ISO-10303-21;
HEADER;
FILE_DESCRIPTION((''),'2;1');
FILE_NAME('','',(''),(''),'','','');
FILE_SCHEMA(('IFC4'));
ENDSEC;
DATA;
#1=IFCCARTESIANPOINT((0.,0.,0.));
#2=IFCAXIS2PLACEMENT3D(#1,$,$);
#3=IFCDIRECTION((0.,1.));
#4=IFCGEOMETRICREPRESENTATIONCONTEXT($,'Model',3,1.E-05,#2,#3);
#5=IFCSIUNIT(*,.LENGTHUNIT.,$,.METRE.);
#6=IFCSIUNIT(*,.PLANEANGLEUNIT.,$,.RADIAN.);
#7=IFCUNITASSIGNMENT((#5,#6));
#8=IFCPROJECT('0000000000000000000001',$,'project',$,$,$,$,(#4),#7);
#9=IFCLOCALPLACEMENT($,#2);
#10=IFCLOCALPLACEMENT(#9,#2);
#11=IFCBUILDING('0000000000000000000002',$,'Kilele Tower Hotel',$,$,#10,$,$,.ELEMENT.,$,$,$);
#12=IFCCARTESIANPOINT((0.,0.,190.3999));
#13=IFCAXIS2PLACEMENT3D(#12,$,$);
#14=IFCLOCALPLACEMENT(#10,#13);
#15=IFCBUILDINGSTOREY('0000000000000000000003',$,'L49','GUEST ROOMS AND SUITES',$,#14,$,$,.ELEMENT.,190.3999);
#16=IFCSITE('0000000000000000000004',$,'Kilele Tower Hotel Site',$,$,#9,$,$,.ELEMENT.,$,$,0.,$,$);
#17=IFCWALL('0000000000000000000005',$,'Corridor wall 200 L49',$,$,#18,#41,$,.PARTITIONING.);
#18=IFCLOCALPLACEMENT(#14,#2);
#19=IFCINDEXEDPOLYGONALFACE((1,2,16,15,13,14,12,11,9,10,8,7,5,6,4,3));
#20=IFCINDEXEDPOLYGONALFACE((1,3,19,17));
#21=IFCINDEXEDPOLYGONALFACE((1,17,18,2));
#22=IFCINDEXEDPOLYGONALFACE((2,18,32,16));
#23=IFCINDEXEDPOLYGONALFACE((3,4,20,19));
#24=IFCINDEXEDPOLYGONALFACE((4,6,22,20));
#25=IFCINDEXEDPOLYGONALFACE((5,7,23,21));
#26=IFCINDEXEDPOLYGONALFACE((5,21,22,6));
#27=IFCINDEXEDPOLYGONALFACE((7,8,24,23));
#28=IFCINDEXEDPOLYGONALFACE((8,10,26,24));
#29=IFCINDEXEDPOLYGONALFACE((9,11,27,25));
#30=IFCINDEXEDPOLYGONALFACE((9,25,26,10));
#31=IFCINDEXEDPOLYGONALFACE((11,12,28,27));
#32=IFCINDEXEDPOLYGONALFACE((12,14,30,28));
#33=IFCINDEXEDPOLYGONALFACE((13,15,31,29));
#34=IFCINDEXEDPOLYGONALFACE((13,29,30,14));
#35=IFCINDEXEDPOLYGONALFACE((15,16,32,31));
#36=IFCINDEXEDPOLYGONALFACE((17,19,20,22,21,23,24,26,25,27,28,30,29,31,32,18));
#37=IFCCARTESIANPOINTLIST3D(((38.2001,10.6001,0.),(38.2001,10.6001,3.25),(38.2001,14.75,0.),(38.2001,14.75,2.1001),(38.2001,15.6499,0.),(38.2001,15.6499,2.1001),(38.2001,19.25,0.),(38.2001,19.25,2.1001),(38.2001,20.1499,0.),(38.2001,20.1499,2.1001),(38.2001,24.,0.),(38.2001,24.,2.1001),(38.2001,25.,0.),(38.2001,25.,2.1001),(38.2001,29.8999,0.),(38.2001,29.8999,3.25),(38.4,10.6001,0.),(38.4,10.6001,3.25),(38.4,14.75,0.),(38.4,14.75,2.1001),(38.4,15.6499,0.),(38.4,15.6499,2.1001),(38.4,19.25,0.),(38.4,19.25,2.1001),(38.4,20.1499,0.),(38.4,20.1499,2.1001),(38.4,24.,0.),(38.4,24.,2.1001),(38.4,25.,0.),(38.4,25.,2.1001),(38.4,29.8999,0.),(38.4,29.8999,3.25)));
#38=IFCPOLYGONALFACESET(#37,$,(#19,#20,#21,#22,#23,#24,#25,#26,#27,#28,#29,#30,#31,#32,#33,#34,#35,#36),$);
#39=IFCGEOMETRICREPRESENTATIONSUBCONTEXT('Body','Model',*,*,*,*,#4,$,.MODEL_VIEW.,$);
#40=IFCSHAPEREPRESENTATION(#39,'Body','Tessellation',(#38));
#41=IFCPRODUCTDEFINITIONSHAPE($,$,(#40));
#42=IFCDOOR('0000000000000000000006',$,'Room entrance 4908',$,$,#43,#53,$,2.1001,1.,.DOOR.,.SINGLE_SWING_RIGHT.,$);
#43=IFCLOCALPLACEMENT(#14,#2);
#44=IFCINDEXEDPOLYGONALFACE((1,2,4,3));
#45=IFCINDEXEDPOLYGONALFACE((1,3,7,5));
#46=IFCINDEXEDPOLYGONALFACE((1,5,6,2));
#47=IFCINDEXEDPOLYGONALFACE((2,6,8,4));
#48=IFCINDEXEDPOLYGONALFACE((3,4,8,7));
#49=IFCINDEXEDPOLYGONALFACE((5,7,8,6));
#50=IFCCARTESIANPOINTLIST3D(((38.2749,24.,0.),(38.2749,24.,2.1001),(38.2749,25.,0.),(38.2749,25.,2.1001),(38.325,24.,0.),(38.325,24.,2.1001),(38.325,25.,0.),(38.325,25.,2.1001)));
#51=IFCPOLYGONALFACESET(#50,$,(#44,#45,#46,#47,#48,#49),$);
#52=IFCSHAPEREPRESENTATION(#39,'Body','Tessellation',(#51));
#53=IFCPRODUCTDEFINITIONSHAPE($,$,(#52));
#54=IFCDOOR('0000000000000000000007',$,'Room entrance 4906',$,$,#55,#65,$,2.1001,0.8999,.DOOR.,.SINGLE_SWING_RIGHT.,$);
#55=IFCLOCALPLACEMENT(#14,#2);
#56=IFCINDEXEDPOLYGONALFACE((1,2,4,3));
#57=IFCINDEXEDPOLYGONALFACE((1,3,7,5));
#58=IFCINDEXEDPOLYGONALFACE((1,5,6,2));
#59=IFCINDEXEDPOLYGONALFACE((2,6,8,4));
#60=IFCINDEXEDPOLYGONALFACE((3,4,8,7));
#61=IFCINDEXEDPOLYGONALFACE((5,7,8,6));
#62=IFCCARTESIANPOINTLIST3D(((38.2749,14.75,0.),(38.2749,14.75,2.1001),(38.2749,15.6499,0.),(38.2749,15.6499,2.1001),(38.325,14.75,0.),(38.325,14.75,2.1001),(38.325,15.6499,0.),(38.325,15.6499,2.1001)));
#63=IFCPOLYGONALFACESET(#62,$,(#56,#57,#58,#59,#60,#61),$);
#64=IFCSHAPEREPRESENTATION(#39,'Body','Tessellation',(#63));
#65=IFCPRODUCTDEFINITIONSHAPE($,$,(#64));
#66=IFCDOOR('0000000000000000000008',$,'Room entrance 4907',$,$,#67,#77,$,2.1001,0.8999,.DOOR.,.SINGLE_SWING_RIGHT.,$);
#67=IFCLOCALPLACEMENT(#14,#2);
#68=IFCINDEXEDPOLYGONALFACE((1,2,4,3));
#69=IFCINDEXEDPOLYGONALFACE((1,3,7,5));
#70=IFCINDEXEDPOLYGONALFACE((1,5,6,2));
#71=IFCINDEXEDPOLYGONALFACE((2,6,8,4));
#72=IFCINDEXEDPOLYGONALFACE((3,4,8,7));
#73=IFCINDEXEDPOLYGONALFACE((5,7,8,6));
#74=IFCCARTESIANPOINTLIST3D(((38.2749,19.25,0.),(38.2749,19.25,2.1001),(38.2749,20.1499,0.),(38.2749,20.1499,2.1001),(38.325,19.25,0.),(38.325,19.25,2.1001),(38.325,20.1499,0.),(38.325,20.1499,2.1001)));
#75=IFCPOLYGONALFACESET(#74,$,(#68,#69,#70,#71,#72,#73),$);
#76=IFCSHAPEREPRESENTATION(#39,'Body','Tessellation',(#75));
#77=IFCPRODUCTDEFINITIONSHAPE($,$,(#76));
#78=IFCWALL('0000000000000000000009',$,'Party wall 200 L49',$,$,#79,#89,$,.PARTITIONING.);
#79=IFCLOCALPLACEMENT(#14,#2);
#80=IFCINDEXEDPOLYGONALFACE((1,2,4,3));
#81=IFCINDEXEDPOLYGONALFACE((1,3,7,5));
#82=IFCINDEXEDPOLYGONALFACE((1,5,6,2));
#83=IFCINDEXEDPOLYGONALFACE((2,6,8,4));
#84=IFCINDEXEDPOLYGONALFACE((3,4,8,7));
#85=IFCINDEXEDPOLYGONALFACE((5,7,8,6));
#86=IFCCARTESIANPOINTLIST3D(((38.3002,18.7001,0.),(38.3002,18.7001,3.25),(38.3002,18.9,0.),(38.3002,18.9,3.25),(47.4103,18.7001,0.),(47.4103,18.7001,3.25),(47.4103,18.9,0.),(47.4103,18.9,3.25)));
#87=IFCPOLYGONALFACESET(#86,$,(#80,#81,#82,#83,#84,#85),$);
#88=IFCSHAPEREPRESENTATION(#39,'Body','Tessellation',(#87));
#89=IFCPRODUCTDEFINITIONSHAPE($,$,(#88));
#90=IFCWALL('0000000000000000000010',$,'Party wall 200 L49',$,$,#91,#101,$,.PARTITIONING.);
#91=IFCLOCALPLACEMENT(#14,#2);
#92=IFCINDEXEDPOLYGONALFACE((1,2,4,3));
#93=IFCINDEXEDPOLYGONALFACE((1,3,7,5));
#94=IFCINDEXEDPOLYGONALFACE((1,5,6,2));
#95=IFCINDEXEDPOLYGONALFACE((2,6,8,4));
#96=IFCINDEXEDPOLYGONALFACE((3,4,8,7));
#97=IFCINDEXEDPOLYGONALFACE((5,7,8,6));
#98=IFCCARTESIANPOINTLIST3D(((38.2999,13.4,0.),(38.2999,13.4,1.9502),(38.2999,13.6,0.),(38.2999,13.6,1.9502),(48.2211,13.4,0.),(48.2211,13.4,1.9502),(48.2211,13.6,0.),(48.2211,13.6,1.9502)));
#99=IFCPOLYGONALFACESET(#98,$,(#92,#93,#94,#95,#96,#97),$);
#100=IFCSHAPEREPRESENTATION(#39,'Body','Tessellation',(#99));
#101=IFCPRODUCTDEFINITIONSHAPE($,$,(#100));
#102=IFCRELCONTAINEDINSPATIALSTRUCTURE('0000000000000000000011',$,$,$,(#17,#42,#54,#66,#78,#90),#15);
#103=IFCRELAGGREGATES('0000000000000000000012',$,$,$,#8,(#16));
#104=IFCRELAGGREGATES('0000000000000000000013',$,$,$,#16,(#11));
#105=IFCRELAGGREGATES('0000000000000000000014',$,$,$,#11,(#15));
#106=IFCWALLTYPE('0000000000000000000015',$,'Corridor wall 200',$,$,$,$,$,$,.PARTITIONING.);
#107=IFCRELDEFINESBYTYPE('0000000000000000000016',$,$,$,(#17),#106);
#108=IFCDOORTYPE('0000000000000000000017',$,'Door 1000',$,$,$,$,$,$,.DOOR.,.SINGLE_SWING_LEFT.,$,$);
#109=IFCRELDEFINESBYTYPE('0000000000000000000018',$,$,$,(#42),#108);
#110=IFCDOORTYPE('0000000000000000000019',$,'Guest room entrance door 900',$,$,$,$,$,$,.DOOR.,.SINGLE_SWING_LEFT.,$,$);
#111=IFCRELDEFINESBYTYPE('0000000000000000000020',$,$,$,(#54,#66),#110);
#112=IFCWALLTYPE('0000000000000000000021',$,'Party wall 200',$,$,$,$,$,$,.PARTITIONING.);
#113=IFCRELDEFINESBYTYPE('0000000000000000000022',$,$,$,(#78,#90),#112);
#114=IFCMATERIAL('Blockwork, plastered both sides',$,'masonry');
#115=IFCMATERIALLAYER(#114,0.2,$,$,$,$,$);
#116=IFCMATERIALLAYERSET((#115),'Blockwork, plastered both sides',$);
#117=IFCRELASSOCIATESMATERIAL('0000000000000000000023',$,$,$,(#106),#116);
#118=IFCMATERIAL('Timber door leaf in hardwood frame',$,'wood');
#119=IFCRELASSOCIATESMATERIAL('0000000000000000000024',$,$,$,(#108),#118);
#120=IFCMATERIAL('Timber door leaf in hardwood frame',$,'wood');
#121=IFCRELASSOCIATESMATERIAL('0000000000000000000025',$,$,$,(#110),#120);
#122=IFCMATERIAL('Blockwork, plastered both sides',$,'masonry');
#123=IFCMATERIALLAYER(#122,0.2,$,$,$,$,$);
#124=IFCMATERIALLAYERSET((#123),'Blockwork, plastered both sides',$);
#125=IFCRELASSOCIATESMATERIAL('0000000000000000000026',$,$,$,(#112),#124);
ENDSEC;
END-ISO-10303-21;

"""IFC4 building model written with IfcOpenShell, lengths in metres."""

from ifc_helpers import new_model, si_unit, direction, frame, frame_2d, origin, place, context, subcontext, project, spatial, rectangle, extrude, material, layer, layer_set, type_object, element, fill, save


model = new_model("IFC4")

# Units and contexts
model_context = context("Model", 3, precision=1e-05, world=origin(), true_north=direction((0.0, 1.0)))
body_context = subcontext(model_context, "Body", "Model", "MODEL_VIEW")
ifc_project = project(units=[si_unit("LENGTHUNIT", "METRE"), si_unit("PLANEANGLEUNIT", "RADIAN")], contexts=[model_context])

# Site, building, storey
site_placement = place(None, origin())
site = spatial("IfcSite", under=ifc_project, at=site_placement, Name="Kilele Tower Hotel Site", CompositionType="ELEMENT", RefElevation=0.0)
building_placement = place(site_placement, origin())
building = spatial("IfcBuilding", under=site, at=building_placement, Name="Kilele Tower Hotel", CompositionType="ELEMENT")
storey_placement = place(building_placement, frame((0.0, 0.0, 190.3999)))
storey = spatial("IfcBuildingStorey", under=building, at=storey_placement, Name="L49", Description="GUEST ROOMS AND SUITES", CompositionType="ELEMENT", Elevation=190.3999)

# Wall, openings, doors
ifc_material_1 = material(Name="Blockwork, plastered both sides", Category="masonry")
ifc_layer_1 = layer(ifc_material_1, 0.2)
ifc_layer_set_1 = layer_set([ifc_layer_1], Name="Blockwork, plastered both sides")
wall_type_1 = type_object("IfcWallType", Name="Corridor wall 200", PredefinedType="PARTITIONING", material=ifc_layer_set_1)
wall_1_placement = place(storey_placement, frame((38.3, 10.6001, 0.0), z_axis=(0.0, 0.0, 1.0), x_axis=(0.0, 1.0, 0.0)))
wall_1 = element("IfcWall", 1, at=wall_1_placement, inside=storey, type_object=wall_type_1, Name="Corridor wall 200 L49", PredefinedType="PARTITIONING", context=body_context, shape_type="SweptSolid", body=[
    extrude(rectangle(XDim=19.2998, YDim=0.2, at=frame_2d((9.6499, 0.0))), origin(), (0.0, 0.0, 1.0), 3.25),
])
opening_1_placement = place(wall_1_placement, frame((5.0498, 0.0, 0.0), z_axis=(0.0, 0.0, 1.0), x_axis=(-1.0, 0.0, 0.0)))
opening_1 = element("IfcOpeningElement", 2, at=opening_1_placement, cuts=wall_1, PredefinedType="OPENING", context=body_context, shape_type="SweptSolid", body=[
    extrude(rectangle(XDim=0.8999, YDim=2.1001, at=frame_2d((0.45, 1.05))), frame((0.0, 0.1099, 0.0), z_axis=(0.0, -1.0, 0.0), x_axis=(1.0, 0.0, 0.0)), (0.0, 0.0, 1.0), 0.22),
])
opening_2_placement = place(wall_1_placement, frame((9.5498, 0.0, 0.0), z_axis=(0.0, 0.0, 1.0), x_axis=(-1.0, 0.0, 0.0)))
opening_2 = element("IfcOpeningElement", 3, at=opening_2_placement, cuts=wall_1, PredefinedType="OPENING", context=body_context, shape_type="SweptSolid", body=[
    extrude(rectangle(XDim=0.8999, YDim=2.1001, at=frame_2d((0.45, 1.05))), frame((0.0, 0.1099, 0.0), z_axis=(0.0, -1.0, 0.0), x_axis=(1.0, 0.0, 0.0)), (0.0, 0.0, 1.0), 0.22),
])
opening_3_placement = place(wall_1_placement, frame((14.3999, 0.0, 0.0), z_axis=(0.0, 0.0, 1.0), x_axis=(-1.0, 0.0, 0.0)))
opening_3 = element("IfcOpeningElement", 4, at=opening_3_placement, cuts=wall_1, PredefinedType="OPENING", context=body_context, shape_type="SweptSolid", body=[
    extrude(rectangle(XDim=1.0, YDim=2.1001, at=frame_2d((0.5, 1.05))), frame((0.0, 0.1099, 0.0), z_axis=(0.0, -1.0, 0.0), x_axis=(1.0, 0.0, 0.0)), (0.0, 0.0, 1.0), 0.22),
])
ifc_material_2 = material(Name="Timber door leaf in hardwood frame", Category="wood")
door_type_1 = type_object("IfcDoorType", Name="Door 1000", OperationType="SINGLE_SWING_LEFT", PredefinedType="DOOR", material=ifc_material_2)
door_1_placement = place(opening_3_placement, origin())
door_1 = element("IfcDoor", 5, at=door_1_placement, inside=storey, type_object=door_type_1, Name="Room entrance 4908", OperationType="SINGLE_SWING_RIGHT", OverallHeight=2.1001, OverallWidth=1.0, PredefinedType="DOOR", context=body_context, shape_type="SweptSolid", body=[
    extrude(rectangle(XDim=1.0, YDim=2.1001, at=frame_2d((0.5, 1.05))), frame((0.0, 0.0249, 0.0), z_axis=(0.0, -1.0, 0.0), x_axis=(1.0, 0.0, 0.0)), (0.0, 0.0, 1.0), 0.05),
])
fill(opening_3, door_1)
ifc_material_3 = material(Name="Timber door leaf in hardwood frame", Category="wood")
door_type_2 = type_object("IfcDoorType", Name="Guest room entrance door 900", OperationType="SINGLE_SWING_LEFT", PredefinedType="DOOR", material=ifc_material_3)
door_2_placement = place(opening_1_placement, origin())
door_2 = element("IfcDoor", 6, at=door_2_placement, inside=storey, type_object=door_type_2, Name="Room entrance 4906", OperationType="SINGLE_SWING_RIGHT", OverallHeight=2.1001, OverallWidth=0.8999, PredefinedType="DOOR", context=body_context, shape_type="SweptSolid", body=[
    extrude(rectangle(XDim=0.8999, YDim=2.1001, at=frame_2d((0.45, 1.05))), frame((0.0, 0.0249, 0.0), z_axis=(0.0, -1.0, 0.0), x_axis=(1.0, 0.0, 0.0)), (0.0, 0.0, 1.0), 0.05),
])
fill(opening_1, door_2)
door_3_placement = place(opening_2_placement, origin())
door_3 = element("IfcDoor", 7, at=door_3_placement, inside=storey, type_object=door_type_2, Name="Room entrance 4907", OperationType="SINGLE_SWING_RIGHT", OverallHeight=2.1001, OverallWidth=0.8999, PredefinedType="DOOR", context=body_context, shape_type="SweptSolid", body=[
    extrude(rectangle(XDim=0.8999, YDim=2.1001, at=frame_2d((0.45, 1.05))), frame((0.0, 0.0249, 0.0), z_axis=(0.0, -1.0, 0.0), x_axis=(1.0, 0.0, 0.0)), (0.0, 0.0, 1.0), 0.05),
])
fill(opening_2, door_3)

# Walls
ifc_material_4 = material(Name="Blockwork, plastered both sides", Category="masonry")
ifc_layer_2 = layer(ifc_material_4, 0.2)
ifc_layer_set_2 = layer_set([ifc_layer_2], Name="Blockwork, plastered both sides")
wall_type_2 = type_object("IfcWallType", Name="Party wall 200", PredefinedType="PARTITIONING", material=ifc_layer_set_2)
wall_2_placement = place(storey_placement, frame((38.3, 18.8, 0.0), z_axis=(0.0, 0.0, 1.0), x_axis=(1.0, 0.0, 0.0)))
element("IfcWall", 8, at=wall_2_placement, inside=storey, type_object=wall_type_2, Name="Party wall 200 L49", PredefinedType="PARTITIONING", context=body_context, shape_type="SweptSolid", body=[
    extrude(rectangle(XDim=9.1101, YDim=0.2, at=frame_2d((4.5552, 0.0))), origin(), (0.0, 0.0, 1.0), 3.25),
])
wall_3_placement = place(storey_placement, frame((38.3, 13.5, 0.0), z_axis=(0.0, 0.0, 1.0), x_axis=(1.0, 0.0, 0.0)))
element("IfcWall", 9, at=wall_3_placement, inside=storey, type_object=wall_type_2, Name="Party wall 200 L49", PredefinedType="PARTITIONING", context=body_context, shape_type="SweptSolid", body=[
    extrude(rectangle(XDim=9.9211, YDim=0.2, at=frame_2d((4.9604, 0.0))), origin(), (0.0, 0.0, 1.0), 1.9502),
])

save(model, "model.ifc")
